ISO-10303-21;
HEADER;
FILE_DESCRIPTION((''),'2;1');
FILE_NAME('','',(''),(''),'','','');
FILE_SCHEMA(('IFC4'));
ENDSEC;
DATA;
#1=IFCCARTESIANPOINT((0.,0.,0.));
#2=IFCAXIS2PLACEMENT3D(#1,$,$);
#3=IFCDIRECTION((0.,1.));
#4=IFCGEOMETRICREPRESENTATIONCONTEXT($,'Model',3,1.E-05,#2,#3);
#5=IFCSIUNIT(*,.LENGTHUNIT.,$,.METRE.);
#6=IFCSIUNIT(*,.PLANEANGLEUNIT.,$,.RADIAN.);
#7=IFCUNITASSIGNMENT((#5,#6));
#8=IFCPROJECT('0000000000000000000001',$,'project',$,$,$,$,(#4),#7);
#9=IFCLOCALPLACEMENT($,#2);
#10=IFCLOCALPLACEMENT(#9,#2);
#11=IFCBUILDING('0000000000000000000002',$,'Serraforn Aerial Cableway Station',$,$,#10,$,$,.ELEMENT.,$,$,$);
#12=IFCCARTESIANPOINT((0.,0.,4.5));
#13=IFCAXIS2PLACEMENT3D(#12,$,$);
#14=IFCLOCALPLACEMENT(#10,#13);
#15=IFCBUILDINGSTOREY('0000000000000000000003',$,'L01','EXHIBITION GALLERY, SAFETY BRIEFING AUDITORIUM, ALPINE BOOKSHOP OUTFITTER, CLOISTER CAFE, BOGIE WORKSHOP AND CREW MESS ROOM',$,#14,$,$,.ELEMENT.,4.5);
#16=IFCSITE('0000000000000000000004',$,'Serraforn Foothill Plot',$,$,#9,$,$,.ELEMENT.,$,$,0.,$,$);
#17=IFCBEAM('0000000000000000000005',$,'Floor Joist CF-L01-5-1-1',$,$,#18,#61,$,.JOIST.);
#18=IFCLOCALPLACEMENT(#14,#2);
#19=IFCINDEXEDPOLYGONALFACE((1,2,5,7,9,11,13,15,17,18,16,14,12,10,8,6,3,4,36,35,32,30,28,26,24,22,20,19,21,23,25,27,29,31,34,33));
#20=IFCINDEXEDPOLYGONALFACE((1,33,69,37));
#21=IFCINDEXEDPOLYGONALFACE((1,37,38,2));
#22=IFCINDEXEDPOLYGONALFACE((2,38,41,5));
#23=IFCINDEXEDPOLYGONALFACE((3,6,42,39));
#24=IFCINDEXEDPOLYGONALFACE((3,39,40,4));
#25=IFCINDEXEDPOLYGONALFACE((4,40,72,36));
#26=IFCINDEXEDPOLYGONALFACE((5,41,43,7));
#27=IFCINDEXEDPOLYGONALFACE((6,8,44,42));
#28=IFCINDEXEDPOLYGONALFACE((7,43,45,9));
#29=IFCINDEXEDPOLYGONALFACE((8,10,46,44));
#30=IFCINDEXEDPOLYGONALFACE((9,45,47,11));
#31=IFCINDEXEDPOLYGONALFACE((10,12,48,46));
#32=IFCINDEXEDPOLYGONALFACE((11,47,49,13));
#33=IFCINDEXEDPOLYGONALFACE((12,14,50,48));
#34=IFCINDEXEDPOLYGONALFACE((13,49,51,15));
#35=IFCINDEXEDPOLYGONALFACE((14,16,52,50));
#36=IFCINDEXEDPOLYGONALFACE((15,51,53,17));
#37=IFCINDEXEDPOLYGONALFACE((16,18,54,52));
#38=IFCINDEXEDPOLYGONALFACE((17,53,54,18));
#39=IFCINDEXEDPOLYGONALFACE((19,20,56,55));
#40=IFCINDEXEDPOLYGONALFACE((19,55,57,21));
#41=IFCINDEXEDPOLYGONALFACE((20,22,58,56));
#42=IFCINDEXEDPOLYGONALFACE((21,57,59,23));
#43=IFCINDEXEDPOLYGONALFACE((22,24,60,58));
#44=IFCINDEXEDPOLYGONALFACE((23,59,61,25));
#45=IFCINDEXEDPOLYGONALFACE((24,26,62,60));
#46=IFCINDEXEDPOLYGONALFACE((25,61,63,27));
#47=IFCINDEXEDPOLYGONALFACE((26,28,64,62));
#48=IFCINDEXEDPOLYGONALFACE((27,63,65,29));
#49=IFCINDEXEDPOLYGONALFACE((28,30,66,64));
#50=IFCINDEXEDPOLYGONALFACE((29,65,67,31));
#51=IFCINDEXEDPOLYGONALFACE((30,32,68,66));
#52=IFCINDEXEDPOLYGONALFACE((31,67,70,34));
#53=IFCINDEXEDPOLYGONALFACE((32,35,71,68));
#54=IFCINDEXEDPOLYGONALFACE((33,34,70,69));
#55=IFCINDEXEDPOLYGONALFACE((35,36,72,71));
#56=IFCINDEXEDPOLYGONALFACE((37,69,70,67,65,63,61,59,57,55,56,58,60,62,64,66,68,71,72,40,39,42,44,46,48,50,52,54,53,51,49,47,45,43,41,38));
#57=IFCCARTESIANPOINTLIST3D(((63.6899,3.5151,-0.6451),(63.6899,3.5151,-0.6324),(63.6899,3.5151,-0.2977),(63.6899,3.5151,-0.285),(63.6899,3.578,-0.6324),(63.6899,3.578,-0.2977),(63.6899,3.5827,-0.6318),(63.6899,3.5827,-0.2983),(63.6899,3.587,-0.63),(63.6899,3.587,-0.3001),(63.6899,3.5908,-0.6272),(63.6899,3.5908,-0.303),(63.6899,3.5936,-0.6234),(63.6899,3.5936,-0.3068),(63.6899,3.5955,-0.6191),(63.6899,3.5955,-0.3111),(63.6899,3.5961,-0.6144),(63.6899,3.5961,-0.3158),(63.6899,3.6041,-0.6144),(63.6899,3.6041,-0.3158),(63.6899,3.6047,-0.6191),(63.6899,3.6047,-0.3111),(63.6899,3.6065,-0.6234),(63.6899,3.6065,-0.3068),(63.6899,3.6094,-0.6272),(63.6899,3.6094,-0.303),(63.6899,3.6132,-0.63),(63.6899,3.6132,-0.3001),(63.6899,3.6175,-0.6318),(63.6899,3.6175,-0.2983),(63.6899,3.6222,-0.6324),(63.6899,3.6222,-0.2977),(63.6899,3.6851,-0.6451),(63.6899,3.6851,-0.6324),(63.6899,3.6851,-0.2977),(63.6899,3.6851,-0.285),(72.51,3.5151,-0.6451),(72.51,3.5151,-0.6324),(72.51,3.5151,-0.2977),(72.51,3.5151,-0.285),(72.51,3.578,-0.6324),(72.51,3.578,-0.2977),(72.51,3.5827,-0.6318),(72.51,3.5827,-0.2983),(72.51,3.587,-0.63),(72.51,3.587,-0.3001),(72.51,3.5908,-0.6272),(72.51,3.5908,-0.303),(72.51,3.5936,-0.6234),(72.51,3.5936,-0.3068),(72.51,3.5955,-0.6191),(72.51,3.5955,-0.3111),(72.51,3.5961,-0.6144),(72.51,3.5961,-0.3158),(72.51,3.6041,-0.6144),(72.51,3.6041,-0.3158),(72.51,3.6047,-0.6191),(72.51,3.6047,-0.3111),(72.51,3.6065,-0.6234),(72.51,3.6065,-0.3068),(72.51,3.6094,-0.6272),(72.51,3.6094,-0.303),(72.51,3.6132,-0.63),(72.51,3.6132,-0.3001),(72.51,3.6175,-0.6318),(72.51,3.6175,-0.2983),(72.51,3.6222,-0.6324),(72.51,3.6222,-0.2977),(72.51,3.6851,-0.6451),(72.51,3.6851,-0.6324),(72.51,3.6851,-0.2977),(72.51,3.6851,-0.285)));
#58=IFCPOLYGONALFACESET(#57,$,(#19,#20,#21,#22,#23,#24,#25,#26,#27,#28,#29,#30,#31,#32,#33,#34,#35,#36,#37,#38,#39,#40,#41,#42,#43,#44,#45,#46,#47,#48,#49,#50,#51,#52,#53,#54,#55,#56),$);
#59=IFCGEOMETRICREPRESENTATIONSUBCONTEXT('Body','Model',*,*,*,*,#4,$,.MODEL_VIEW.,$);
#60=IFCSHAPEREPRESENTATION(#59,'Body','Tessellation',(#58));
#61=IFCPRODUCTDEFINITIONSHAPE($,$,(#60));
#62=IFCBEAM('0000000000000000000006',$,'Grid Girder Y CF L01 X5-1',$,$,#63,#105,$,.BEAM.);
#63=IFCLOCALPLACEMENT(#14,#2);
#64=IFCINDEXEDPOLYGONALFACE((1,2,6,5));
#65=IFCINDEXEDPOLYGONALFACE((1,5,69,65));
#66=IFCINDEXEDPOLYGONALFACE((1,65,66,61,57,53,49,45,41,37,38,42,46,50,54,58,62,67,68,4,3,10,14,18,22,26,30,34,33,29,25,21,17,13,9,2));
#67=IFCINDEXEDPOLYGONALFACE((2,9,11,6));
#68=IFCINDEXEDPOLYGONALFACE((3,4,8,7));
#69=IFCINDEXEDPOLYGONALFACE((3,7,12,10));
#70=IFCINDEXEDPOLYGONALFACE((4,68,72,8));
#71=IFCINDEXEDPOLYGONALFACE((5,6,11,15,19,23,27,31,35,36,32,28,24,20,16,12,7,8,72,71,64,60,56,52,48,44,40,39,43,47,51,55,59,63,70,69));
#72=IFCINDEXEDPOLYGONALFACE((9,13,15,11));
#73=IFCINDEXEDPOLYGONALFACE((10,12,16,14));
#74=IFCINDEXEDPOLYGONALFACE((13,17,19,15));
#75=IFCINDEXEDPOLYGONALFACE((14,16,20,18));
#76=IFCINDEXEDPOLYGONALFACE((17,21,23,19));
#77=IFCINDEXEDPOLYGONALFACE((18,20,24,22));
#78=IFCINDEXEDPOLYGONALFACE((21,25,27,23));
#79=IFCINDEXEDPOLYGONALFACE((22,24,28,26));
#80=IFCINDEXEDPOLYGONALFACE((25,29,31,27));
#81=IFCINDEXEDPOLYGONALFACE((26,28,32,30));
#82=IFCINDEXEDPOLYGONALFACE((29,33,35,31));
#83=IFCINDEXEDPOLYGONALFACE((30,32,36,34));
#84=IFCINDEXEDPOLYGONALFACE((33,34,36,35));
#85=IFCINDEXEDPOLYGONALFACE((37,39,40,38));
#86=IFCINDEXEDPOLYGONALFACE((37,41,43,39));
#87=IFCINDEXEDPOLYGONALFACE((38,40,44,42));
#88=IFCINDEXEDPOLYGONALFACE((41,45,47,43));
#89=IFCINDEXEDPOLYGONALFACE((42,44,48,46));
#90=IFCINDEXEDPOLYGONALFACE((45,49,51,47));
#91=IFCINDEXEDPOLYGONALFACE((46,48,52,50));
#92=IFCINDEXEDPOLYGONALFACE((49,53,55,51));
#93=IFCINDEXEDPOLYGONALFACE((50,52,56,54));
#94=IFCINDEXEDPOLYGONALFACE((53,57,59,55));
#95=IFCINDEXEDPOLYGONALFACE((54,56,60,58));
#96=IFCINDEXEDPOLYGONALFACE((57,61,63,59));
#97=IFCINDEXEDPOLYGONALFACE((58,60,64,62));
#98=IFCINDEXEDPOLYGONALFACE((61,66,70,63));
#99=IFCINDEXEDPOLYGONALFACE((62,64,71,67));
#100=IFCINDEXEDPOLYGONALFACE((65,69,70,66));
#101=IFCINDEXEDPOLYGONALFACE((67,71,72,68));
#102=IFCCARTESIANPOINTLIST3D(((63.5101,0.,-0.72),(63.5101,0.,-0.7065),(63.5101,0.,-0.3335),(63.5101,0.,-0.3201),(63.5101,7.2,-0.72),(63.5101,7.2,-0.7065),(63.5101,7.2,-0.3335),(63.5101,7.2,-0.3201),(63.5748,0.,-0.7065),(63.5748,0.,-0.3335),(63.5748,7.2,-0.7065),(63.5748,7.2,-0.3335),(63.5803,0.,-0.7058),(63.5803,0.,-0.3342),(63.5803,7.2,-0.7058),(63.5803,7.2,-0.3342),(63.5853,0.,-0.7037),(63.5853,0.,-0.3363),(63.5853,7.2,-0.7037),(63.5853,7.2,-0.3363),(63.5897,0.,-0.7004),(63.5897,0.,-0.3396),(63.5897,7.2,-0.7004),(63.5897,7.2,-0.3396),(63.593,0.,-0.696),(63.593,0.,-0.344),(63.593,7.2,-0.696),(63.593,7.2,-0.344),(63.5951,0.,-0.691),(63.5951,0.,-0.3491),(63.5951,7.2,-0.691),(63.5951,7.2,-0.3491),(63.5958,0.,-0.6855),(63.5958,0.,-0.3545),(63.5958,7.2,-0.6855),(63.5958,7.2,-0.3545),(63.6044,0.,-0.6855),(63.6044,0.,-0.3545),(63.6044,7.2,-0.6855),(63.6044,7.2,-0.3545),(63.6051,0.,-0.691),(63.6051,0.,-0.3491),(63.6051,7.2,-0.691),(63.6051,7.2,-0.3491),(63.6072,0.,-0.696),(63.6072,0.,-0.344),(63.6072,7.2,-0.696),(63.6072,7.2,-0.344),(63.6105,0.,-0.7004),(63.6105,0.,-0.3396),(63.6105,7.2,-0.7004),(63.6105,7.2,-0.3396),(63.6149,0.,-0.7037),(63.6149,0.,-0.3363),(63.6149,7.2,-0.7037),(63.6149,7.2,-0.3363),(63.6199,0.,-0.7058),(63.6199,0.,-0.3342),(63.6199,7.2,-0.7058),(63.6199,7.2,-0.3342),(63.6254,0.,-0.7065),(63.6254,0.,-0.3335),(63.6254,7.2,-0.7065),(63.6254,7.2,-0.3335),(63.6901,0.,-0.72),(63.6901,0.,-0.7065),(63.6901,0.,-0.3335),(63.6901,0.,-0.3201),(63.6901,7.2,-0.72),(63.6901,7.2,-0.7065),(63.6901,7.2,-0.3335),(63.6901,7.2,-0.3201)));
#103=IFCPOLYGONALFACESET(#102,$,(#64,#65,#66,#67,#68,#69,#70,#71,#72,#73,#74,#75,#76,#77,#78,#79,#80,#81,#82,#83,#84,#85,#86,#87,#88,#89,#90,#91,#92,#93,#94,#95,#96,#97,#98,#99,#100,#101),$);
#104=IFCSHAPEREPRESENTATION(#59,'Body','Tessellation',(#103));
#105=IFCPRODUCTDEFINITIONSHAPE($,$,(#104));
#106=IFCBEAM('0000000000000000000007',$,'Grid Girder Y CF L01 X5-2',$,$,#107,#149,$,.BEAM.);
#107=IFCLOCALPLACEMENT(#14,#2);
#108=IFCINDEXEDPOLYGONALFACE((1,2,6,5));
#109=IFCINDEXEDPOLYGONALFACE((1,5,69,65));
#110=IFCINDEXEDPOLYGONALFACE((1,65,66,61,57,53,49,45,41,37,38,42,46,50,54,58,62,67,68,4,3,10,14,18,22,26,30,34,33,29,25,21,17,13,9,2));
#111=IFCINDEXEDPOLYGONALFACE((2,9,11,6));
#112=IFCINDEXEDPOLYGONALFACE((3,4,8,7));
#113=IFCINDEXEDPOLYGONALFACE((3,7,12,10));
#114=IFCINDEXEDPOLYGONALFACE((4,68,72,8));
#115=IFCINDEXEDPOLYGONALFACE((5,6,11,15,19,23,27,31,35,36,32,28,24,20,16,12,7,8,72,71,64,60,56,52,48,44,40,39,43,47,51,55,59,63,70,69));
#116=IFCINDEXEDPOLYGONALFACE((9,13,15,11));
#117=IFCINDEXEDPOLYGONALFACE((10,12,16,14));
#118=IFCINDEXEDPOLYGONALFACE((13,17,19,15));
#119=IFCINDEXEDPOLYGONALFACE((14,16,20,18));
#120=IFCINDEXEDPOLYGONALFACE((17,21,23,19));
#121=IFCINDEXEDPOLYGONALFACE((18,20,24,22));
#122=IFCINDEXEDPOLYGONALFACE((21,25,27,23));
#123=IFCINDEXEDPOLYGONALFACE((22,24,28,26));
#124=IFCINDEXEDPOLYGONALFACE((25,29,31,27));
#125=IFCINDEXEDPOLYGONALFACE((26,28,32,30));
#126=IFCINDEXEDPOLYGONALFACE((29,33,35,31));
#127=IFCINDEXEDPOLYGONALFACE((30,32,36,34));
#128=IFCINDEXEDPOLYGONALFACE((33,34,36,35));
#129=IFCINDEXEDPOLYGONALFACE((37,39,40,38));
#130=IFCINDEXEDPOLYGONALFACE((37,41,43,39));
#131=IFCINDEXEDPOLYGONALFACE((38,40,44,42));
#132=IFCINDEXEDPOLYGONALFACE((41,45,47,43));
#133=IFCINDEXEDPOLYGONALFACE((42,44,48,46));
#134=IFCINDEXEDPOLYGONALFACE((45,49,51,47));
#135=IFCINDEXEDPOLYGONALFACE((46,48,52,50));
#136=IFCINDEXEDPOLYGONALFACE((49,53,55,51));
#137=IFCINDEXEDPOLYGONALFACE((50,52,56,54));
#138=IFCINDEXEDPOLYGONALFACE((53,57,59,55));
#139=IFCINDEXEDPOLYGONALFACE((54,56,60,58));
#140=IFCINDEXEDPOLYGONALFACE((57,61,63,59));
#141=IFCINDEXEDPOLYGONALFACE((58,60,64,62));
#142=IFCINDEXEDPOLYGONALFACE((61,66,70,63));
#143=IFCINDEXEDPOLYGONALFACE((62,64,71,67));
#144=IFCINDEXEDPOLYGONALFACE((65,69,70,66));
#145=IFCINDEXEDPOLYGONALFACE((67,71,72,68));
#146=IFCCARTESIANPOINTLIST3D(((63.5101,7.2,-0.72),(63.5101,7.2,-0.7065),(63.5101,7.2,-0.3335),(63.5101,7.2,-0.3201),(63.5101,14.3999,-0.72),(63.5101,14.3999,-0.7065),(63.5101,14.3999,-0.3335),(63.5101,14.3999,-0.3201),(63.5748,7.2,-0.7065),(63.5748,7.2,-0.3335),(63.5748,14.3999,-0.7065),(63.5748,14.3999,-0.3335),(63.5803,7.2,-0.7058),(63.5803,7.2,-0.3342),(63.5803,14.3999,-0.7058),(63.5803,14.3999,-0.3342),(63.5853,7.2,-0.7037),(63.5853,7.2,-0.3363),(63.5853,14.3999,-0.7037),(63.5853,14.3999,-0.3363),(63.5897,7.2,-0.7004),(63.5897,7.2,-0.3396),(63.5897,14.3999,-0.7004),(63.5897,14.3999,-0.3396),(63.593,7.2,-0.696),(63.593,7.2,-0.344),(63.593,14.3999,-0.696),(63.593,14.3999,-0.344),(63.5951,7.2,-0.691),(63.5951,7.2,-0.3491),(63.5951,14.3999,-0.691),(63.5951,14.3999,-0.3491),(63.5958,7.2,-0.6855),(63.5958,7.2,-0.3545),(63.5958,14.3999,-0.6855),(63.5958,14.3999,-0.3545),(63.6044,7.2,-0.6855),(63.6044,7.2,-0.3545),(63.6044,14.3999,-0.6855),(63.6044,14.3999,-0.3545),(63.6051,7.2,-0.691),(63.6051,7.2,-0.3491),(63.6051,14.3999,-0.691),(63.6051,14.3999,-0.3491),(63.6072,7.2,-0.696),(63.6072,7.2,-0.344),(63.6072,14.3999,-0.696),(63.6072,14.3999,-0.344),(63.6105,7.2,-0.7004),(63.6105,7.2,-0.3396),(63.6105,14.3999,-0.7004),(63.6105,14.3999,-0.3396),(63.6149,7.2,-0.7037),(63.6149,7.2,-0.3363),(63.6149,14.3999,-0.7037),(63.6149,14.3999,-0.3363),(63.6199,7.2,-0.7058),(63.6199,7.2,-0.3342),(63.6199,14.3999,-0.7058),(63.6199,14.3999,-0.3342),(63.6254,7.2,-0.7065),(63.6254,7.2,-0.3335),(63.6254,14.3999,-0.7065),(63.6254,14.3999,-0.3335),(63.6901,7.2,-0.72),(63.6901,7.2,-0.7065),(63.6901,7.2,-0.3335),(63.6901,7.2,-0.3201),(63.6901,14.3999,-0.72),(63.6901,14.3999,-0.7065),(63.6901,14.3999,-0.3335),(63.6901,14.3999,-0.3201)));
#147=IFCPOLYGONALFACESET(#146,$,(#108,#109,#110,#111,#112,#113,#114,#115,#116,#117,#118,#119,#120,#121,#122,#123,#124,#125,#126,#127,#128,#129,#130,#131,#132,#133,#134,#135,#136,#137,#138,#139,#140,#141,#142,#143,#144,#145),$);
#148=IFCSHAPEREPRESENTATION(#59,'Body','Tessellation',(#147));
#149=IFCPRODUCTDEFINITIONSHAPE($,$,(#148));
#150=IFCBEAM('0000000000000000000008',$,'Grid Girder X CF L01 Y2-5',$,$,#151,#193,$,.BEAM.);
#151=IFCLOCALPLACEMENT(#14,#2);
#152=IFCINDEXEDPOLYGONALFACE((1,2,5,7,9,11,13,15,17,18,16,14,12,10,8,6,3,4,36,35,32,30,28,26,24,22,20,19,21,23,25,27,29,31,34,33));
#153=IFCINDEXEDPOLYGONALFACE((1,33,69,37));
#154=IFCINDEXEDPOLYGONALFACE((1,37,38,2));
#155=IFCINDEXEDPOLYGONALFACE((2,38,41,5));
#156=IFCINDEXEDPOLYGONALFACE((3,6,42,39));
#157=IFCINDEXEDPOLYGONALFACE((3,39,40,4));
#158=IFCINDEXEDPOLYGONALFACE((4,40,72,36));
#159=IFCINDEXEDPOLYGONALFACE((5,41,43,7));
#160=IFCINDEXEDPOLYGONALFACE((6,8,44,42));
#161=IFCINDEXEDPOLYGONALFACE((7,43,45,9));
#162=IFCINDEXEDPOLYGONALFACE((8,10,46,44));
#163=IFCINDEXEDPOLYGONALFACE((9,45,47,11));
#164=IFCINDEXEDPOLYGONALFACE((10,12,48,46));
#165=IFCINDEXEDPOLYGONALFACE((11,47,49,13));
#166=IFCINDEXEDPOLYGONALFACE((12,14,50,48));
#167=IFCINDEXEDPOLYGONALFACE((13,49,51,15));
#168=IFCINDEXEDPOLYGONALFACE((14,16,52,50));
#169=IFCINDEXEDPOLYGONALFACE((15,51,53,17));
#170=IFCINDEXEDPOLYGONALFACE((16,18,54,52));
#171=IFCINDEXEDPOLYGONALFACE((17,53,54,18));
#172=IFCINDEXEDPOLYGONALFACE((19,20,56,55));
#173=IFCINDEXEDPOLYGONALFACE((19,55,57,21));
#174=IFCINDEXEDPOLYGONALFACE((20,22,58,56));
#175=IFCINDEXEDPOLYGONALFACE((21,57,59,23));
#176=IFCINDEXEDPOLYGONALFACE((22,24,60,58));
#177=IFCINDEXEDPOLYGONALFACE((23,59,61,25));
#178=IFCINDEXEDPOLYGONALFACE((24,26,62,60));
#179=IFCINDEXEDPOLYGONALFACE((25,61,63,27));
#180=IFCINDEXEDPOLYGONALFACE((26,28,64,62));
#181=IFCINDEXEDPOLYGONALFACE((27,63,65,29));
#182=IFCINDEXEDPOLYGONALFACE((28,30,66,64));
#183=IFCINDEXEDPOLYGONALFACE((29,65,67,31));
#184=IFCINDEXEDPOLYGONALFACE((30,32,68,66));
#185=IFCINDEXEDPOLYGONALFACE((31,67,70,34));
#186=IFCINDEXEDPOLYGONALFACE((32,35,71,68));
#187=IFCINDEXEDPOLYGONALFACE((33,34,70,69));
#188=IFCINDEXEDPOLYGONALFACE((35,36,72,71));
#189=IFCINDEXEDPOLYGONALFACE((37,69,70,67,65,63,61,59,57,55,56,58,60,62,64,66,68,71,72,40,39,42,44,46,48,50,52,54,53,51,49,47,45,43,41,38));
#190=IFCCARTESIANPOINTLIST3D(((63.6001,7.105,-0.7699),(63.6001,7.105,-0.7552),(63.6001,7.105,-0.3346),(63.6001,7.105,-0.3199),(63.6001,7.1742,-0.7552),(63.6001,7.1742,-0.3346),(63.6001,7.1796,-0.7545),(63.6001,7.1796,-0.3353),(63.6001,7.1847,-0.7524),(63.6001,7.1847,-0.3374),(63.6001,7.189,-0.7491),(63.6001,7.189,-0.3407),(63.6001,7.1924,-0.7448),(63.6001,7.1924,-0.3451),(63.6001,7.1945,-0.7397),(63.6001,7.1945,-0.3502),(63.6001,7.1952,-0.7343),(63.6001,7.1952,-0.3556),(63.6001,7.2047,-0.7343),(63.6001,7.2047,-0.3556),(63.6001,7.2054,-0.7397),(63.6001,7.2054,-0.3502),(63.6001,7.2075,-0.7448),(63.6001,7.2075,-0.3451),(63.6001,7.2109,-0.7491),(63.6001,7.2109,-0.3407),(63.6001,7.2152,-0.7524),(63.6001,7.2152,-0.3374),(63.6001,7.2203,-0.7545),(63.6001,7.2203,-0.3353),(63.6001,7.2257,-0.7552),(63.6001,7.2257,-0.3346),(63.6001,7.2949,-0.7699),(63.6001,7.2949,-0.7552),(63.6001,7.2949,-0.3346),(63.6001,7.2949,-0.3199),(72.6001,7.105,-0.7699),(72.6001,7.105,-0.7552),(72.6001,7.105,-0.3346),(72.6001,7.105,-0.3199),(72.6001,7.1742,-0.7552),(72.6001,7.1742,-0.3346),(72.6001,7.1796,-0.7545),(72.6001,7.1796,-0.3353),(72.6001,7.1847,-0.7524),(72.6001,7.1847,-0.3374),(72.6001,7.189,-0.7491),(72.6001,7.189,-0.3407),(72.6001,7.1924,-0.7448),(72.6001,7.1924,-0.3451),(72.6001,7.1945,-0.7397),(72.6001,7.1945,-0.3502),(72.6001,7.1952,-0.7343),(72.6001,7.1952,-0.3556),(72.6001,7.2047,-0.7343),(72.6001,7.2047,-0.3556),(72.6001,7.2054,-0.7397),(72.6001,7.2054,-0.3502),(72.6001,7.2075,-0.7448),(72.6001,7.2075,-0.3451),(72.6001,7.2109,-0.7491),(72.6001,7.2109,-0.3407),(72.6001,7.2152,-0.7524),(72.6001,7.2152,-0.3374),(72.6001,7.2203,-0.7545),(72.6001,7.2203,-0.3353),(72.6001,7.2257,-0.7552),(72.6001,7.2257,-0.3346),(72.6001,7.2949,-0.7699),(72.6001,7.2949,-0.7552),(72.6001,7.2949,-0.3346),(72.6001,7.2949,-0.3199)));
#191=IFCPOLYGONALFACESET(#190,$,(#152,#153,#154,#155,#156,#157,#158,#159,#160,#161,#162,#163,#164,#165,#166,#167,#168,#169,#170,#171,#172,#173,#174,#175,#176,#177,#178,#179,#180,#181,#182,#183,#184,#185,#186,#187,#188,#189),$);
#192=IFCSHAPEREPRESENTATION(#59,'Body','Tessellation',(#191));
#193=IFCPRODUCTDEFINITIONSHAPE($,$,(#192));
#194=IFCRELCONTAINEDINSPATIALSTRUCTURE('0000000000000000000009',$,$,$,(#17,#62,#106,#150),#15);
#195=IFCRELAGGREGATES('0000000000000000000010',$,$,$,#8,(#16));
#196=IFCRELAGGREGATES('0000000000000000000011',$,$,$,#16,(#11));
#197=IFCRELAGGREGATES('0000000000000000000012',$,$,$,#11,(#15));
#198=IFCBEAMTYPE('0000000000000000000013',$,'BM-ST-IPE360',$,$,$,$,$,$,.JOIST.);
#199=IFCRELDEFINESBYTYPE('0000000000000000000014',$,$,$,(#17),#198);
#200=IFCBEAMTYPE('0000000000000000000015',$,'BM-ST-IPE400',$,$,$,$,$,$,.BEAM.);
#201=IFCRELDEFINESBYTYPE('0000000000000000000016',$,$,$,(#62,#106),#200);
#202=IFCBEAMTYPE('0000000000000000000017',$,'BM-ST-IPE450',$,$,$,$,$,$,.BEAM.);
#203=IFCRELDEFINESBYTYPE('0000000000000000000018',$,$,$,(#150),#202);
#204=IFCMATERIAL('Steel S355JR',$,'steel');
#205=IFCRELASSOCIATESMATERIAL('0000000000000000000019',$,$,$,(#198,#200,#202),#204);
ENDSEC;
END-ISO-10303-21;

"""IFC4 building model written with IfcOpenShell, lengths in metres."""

from ifc_helpers import new_model, si_unit, direction, frame, origin, origin_2d, place, context, subcontext, project, spatial, i_section, extrude, material, material_profile, profile_set, type_object, element, save


model = new_model("IFC4")

# Units and contexts
model_context = context("Model", 3, precision=1e-05, world=origin(), true_north=direction((0.0, 1.0)))
body_context = subcontext(model_context, "Body", "Model", "MODEL_VIEW")
ifc_project = project(units=[si_unit("LENGTHUNIT", "METRE"), si_unit("PLANEANGLEUNIT", "RADIAN")], contexts=[model_context])

# Site, building, storey
site_placement = place(None, origin())
site = spatial("IfcSite", under=ifc_project, at=site_placement, Name="Serraforn Foothill Plot", CompositionType="ELEMENT", RefElevation=0.0)
building_placement = place(site_placement, origin())
building = spatial("IfcBuilding", under=site, at=building_placement, Name="Serraforn Aerial Cableway Station", CompositionType="ELEMENT")
storey_placement = place(building_placement, frame((0.0, 0.0, 4.5)))
storey = spatial("IfcBuildingStorey", under=building, at=storey_placement, Name="L01", Description="EXHIBITION GALLERY, SAFETY BRIEFING AUDITORIUM, ALPINE BOOKSHOP OUTFITTER, CLOISTER CAFE, BOGIE WORKSHOP AND CREW MESS ROOM", CompositionType="ELEMENT", Elevation=4.5)

# Beams
ifc_material_1 = material(Name="Steel S355JR", Category="steel")
ifc_material_profile_1 = material_profile(ifc_material_1, i_section(OverallWidth=0.1699, OverallDepth=0.3601, WebThickness=0.0081, FlangeThickness=0.0127, FilletRadius=0.0181, at=origin_2d()), Name="IPE 360")
ifc_profile_set_1 = profile_set([ifc_material_profile_1], Name="Steel S355JR")
beam_type_1 = type_object("IfcBeamType", Name="BM-ST-IPE360", PredefinedType="JOIST", material=ifc_profile_set_1)
beam_1_placement = place(storey_placement, frame((63.6899, 3.6001, -0.4651), z_axis=(1.0, 0.0, 0.0), x_axis=(0.0, 1.0, 0.0)))
element("IfcBeam", 1, at=beam_1_placement, inside=storey, type_object=beam_type_1, Name="Floor Joist CF-L01-5-1-1", PredefinedType="JOIST", context=body_context, shape_type="SweptSolid", body=[
    extrude(i_section(OverallWidth=0.1699, OverallDepth=0.3601, WebThickness=0.0081, FlangeThickness=0.0127, FilletRadius=0.0181, at=origin_2d()), origin(), (0.0, 0.0, 1.0), 8.8201),
])
ifc_material_profile_2 = material_profile(ifc_material_1, i_section(OverallWidth=0.1799, OverallDepth=0.3999, WebThickness=0.0085, FlangeThickness=0.0134, FilletRadius=0.021, at=origin_2d()), Name="IPE 400")
ifc_profile_set_2 = profile_set([ifc_material_profile_2], Name="Steel S355JR")
beam_type_2 = type_object("IfcBeamType", Name="BM-ST-IPE400", PredefinedType="BEAM", material=ifc_profile_set_2)
for number, where, z_axis, x_axis, name in (
    (2, (63.6001, 0.0, -0.52), (0.0, 1.0, 0.0), (-1.0, 0.0, 0.0), "Grid Girder Y CF L01 X5-1"),
    (3, (63.6001, 7.2, -0.52), (0.0, 1.0, 0.0), (-1.0, 0.0, 0.0), "Grid Girder Y CF L01 X5-2"),
):
    element("IfcBeam", number, at=place(storey_placement, frame(where, z_axis=z_axis, x_axis=x_axis)), inside=storey, type_object=beam_type_2, Name=name, PredefinedType="BEAM", context=body_context, shape_type="SweptSolid", body=[
        extrude(i_section(OverallWidth=0.1799, OverallDepth=0.3999, WebThickness=0.0085, FlangeThickness=0.0134, FilletRadius=0.021, at=origin_2d()), origin(), (0.0, 0.0, 1.0), 7.2),
    ])
ifc_material_profile_3 = material_profile(ifc_material_1, i_section(OverallWidth=0.1899, OverallDepth=0.45, WebThickness=0.0095, FlangeThickness=0.0146, FilletRadius=0.021, at=origin_2d()), Name="IPE 450")
ifc_profile_set_3 = profile_set([ifc_material_profile_3], Name="Steel S355JR")
beam_type_3 = type_object("IfcBeamType", Name="BM-ST-IPE450", PredefinedType="BEAM", material=ifc_profile_set_3)
beam_2_placement = place(storey_placement, frame((63.6001, 7.2, -0.5449), z_axis=(1.0, 0.0, 0.0), x_axis=(0.0, 1.0, 0.0)))
element("IfcBeam", 4, at=beam_2_placement, inside=storey, type_object=beam_type_3, Name="Grid Girder X CF L01 Y2-5", PredefinedType="BEAM", context=body_context, shape_type="SweptSolid", body=[
    extrude(i_section(OverallWidth=0.1899, OverallDepth=0.45, WebThickness=0.0095, FlangeThickness=0.0146, FilletRadius=0.021, at=origin_2d()), origin(), (0.0, 0.0, 1.0), 9.0),
])

save(model, "model.ifc")
